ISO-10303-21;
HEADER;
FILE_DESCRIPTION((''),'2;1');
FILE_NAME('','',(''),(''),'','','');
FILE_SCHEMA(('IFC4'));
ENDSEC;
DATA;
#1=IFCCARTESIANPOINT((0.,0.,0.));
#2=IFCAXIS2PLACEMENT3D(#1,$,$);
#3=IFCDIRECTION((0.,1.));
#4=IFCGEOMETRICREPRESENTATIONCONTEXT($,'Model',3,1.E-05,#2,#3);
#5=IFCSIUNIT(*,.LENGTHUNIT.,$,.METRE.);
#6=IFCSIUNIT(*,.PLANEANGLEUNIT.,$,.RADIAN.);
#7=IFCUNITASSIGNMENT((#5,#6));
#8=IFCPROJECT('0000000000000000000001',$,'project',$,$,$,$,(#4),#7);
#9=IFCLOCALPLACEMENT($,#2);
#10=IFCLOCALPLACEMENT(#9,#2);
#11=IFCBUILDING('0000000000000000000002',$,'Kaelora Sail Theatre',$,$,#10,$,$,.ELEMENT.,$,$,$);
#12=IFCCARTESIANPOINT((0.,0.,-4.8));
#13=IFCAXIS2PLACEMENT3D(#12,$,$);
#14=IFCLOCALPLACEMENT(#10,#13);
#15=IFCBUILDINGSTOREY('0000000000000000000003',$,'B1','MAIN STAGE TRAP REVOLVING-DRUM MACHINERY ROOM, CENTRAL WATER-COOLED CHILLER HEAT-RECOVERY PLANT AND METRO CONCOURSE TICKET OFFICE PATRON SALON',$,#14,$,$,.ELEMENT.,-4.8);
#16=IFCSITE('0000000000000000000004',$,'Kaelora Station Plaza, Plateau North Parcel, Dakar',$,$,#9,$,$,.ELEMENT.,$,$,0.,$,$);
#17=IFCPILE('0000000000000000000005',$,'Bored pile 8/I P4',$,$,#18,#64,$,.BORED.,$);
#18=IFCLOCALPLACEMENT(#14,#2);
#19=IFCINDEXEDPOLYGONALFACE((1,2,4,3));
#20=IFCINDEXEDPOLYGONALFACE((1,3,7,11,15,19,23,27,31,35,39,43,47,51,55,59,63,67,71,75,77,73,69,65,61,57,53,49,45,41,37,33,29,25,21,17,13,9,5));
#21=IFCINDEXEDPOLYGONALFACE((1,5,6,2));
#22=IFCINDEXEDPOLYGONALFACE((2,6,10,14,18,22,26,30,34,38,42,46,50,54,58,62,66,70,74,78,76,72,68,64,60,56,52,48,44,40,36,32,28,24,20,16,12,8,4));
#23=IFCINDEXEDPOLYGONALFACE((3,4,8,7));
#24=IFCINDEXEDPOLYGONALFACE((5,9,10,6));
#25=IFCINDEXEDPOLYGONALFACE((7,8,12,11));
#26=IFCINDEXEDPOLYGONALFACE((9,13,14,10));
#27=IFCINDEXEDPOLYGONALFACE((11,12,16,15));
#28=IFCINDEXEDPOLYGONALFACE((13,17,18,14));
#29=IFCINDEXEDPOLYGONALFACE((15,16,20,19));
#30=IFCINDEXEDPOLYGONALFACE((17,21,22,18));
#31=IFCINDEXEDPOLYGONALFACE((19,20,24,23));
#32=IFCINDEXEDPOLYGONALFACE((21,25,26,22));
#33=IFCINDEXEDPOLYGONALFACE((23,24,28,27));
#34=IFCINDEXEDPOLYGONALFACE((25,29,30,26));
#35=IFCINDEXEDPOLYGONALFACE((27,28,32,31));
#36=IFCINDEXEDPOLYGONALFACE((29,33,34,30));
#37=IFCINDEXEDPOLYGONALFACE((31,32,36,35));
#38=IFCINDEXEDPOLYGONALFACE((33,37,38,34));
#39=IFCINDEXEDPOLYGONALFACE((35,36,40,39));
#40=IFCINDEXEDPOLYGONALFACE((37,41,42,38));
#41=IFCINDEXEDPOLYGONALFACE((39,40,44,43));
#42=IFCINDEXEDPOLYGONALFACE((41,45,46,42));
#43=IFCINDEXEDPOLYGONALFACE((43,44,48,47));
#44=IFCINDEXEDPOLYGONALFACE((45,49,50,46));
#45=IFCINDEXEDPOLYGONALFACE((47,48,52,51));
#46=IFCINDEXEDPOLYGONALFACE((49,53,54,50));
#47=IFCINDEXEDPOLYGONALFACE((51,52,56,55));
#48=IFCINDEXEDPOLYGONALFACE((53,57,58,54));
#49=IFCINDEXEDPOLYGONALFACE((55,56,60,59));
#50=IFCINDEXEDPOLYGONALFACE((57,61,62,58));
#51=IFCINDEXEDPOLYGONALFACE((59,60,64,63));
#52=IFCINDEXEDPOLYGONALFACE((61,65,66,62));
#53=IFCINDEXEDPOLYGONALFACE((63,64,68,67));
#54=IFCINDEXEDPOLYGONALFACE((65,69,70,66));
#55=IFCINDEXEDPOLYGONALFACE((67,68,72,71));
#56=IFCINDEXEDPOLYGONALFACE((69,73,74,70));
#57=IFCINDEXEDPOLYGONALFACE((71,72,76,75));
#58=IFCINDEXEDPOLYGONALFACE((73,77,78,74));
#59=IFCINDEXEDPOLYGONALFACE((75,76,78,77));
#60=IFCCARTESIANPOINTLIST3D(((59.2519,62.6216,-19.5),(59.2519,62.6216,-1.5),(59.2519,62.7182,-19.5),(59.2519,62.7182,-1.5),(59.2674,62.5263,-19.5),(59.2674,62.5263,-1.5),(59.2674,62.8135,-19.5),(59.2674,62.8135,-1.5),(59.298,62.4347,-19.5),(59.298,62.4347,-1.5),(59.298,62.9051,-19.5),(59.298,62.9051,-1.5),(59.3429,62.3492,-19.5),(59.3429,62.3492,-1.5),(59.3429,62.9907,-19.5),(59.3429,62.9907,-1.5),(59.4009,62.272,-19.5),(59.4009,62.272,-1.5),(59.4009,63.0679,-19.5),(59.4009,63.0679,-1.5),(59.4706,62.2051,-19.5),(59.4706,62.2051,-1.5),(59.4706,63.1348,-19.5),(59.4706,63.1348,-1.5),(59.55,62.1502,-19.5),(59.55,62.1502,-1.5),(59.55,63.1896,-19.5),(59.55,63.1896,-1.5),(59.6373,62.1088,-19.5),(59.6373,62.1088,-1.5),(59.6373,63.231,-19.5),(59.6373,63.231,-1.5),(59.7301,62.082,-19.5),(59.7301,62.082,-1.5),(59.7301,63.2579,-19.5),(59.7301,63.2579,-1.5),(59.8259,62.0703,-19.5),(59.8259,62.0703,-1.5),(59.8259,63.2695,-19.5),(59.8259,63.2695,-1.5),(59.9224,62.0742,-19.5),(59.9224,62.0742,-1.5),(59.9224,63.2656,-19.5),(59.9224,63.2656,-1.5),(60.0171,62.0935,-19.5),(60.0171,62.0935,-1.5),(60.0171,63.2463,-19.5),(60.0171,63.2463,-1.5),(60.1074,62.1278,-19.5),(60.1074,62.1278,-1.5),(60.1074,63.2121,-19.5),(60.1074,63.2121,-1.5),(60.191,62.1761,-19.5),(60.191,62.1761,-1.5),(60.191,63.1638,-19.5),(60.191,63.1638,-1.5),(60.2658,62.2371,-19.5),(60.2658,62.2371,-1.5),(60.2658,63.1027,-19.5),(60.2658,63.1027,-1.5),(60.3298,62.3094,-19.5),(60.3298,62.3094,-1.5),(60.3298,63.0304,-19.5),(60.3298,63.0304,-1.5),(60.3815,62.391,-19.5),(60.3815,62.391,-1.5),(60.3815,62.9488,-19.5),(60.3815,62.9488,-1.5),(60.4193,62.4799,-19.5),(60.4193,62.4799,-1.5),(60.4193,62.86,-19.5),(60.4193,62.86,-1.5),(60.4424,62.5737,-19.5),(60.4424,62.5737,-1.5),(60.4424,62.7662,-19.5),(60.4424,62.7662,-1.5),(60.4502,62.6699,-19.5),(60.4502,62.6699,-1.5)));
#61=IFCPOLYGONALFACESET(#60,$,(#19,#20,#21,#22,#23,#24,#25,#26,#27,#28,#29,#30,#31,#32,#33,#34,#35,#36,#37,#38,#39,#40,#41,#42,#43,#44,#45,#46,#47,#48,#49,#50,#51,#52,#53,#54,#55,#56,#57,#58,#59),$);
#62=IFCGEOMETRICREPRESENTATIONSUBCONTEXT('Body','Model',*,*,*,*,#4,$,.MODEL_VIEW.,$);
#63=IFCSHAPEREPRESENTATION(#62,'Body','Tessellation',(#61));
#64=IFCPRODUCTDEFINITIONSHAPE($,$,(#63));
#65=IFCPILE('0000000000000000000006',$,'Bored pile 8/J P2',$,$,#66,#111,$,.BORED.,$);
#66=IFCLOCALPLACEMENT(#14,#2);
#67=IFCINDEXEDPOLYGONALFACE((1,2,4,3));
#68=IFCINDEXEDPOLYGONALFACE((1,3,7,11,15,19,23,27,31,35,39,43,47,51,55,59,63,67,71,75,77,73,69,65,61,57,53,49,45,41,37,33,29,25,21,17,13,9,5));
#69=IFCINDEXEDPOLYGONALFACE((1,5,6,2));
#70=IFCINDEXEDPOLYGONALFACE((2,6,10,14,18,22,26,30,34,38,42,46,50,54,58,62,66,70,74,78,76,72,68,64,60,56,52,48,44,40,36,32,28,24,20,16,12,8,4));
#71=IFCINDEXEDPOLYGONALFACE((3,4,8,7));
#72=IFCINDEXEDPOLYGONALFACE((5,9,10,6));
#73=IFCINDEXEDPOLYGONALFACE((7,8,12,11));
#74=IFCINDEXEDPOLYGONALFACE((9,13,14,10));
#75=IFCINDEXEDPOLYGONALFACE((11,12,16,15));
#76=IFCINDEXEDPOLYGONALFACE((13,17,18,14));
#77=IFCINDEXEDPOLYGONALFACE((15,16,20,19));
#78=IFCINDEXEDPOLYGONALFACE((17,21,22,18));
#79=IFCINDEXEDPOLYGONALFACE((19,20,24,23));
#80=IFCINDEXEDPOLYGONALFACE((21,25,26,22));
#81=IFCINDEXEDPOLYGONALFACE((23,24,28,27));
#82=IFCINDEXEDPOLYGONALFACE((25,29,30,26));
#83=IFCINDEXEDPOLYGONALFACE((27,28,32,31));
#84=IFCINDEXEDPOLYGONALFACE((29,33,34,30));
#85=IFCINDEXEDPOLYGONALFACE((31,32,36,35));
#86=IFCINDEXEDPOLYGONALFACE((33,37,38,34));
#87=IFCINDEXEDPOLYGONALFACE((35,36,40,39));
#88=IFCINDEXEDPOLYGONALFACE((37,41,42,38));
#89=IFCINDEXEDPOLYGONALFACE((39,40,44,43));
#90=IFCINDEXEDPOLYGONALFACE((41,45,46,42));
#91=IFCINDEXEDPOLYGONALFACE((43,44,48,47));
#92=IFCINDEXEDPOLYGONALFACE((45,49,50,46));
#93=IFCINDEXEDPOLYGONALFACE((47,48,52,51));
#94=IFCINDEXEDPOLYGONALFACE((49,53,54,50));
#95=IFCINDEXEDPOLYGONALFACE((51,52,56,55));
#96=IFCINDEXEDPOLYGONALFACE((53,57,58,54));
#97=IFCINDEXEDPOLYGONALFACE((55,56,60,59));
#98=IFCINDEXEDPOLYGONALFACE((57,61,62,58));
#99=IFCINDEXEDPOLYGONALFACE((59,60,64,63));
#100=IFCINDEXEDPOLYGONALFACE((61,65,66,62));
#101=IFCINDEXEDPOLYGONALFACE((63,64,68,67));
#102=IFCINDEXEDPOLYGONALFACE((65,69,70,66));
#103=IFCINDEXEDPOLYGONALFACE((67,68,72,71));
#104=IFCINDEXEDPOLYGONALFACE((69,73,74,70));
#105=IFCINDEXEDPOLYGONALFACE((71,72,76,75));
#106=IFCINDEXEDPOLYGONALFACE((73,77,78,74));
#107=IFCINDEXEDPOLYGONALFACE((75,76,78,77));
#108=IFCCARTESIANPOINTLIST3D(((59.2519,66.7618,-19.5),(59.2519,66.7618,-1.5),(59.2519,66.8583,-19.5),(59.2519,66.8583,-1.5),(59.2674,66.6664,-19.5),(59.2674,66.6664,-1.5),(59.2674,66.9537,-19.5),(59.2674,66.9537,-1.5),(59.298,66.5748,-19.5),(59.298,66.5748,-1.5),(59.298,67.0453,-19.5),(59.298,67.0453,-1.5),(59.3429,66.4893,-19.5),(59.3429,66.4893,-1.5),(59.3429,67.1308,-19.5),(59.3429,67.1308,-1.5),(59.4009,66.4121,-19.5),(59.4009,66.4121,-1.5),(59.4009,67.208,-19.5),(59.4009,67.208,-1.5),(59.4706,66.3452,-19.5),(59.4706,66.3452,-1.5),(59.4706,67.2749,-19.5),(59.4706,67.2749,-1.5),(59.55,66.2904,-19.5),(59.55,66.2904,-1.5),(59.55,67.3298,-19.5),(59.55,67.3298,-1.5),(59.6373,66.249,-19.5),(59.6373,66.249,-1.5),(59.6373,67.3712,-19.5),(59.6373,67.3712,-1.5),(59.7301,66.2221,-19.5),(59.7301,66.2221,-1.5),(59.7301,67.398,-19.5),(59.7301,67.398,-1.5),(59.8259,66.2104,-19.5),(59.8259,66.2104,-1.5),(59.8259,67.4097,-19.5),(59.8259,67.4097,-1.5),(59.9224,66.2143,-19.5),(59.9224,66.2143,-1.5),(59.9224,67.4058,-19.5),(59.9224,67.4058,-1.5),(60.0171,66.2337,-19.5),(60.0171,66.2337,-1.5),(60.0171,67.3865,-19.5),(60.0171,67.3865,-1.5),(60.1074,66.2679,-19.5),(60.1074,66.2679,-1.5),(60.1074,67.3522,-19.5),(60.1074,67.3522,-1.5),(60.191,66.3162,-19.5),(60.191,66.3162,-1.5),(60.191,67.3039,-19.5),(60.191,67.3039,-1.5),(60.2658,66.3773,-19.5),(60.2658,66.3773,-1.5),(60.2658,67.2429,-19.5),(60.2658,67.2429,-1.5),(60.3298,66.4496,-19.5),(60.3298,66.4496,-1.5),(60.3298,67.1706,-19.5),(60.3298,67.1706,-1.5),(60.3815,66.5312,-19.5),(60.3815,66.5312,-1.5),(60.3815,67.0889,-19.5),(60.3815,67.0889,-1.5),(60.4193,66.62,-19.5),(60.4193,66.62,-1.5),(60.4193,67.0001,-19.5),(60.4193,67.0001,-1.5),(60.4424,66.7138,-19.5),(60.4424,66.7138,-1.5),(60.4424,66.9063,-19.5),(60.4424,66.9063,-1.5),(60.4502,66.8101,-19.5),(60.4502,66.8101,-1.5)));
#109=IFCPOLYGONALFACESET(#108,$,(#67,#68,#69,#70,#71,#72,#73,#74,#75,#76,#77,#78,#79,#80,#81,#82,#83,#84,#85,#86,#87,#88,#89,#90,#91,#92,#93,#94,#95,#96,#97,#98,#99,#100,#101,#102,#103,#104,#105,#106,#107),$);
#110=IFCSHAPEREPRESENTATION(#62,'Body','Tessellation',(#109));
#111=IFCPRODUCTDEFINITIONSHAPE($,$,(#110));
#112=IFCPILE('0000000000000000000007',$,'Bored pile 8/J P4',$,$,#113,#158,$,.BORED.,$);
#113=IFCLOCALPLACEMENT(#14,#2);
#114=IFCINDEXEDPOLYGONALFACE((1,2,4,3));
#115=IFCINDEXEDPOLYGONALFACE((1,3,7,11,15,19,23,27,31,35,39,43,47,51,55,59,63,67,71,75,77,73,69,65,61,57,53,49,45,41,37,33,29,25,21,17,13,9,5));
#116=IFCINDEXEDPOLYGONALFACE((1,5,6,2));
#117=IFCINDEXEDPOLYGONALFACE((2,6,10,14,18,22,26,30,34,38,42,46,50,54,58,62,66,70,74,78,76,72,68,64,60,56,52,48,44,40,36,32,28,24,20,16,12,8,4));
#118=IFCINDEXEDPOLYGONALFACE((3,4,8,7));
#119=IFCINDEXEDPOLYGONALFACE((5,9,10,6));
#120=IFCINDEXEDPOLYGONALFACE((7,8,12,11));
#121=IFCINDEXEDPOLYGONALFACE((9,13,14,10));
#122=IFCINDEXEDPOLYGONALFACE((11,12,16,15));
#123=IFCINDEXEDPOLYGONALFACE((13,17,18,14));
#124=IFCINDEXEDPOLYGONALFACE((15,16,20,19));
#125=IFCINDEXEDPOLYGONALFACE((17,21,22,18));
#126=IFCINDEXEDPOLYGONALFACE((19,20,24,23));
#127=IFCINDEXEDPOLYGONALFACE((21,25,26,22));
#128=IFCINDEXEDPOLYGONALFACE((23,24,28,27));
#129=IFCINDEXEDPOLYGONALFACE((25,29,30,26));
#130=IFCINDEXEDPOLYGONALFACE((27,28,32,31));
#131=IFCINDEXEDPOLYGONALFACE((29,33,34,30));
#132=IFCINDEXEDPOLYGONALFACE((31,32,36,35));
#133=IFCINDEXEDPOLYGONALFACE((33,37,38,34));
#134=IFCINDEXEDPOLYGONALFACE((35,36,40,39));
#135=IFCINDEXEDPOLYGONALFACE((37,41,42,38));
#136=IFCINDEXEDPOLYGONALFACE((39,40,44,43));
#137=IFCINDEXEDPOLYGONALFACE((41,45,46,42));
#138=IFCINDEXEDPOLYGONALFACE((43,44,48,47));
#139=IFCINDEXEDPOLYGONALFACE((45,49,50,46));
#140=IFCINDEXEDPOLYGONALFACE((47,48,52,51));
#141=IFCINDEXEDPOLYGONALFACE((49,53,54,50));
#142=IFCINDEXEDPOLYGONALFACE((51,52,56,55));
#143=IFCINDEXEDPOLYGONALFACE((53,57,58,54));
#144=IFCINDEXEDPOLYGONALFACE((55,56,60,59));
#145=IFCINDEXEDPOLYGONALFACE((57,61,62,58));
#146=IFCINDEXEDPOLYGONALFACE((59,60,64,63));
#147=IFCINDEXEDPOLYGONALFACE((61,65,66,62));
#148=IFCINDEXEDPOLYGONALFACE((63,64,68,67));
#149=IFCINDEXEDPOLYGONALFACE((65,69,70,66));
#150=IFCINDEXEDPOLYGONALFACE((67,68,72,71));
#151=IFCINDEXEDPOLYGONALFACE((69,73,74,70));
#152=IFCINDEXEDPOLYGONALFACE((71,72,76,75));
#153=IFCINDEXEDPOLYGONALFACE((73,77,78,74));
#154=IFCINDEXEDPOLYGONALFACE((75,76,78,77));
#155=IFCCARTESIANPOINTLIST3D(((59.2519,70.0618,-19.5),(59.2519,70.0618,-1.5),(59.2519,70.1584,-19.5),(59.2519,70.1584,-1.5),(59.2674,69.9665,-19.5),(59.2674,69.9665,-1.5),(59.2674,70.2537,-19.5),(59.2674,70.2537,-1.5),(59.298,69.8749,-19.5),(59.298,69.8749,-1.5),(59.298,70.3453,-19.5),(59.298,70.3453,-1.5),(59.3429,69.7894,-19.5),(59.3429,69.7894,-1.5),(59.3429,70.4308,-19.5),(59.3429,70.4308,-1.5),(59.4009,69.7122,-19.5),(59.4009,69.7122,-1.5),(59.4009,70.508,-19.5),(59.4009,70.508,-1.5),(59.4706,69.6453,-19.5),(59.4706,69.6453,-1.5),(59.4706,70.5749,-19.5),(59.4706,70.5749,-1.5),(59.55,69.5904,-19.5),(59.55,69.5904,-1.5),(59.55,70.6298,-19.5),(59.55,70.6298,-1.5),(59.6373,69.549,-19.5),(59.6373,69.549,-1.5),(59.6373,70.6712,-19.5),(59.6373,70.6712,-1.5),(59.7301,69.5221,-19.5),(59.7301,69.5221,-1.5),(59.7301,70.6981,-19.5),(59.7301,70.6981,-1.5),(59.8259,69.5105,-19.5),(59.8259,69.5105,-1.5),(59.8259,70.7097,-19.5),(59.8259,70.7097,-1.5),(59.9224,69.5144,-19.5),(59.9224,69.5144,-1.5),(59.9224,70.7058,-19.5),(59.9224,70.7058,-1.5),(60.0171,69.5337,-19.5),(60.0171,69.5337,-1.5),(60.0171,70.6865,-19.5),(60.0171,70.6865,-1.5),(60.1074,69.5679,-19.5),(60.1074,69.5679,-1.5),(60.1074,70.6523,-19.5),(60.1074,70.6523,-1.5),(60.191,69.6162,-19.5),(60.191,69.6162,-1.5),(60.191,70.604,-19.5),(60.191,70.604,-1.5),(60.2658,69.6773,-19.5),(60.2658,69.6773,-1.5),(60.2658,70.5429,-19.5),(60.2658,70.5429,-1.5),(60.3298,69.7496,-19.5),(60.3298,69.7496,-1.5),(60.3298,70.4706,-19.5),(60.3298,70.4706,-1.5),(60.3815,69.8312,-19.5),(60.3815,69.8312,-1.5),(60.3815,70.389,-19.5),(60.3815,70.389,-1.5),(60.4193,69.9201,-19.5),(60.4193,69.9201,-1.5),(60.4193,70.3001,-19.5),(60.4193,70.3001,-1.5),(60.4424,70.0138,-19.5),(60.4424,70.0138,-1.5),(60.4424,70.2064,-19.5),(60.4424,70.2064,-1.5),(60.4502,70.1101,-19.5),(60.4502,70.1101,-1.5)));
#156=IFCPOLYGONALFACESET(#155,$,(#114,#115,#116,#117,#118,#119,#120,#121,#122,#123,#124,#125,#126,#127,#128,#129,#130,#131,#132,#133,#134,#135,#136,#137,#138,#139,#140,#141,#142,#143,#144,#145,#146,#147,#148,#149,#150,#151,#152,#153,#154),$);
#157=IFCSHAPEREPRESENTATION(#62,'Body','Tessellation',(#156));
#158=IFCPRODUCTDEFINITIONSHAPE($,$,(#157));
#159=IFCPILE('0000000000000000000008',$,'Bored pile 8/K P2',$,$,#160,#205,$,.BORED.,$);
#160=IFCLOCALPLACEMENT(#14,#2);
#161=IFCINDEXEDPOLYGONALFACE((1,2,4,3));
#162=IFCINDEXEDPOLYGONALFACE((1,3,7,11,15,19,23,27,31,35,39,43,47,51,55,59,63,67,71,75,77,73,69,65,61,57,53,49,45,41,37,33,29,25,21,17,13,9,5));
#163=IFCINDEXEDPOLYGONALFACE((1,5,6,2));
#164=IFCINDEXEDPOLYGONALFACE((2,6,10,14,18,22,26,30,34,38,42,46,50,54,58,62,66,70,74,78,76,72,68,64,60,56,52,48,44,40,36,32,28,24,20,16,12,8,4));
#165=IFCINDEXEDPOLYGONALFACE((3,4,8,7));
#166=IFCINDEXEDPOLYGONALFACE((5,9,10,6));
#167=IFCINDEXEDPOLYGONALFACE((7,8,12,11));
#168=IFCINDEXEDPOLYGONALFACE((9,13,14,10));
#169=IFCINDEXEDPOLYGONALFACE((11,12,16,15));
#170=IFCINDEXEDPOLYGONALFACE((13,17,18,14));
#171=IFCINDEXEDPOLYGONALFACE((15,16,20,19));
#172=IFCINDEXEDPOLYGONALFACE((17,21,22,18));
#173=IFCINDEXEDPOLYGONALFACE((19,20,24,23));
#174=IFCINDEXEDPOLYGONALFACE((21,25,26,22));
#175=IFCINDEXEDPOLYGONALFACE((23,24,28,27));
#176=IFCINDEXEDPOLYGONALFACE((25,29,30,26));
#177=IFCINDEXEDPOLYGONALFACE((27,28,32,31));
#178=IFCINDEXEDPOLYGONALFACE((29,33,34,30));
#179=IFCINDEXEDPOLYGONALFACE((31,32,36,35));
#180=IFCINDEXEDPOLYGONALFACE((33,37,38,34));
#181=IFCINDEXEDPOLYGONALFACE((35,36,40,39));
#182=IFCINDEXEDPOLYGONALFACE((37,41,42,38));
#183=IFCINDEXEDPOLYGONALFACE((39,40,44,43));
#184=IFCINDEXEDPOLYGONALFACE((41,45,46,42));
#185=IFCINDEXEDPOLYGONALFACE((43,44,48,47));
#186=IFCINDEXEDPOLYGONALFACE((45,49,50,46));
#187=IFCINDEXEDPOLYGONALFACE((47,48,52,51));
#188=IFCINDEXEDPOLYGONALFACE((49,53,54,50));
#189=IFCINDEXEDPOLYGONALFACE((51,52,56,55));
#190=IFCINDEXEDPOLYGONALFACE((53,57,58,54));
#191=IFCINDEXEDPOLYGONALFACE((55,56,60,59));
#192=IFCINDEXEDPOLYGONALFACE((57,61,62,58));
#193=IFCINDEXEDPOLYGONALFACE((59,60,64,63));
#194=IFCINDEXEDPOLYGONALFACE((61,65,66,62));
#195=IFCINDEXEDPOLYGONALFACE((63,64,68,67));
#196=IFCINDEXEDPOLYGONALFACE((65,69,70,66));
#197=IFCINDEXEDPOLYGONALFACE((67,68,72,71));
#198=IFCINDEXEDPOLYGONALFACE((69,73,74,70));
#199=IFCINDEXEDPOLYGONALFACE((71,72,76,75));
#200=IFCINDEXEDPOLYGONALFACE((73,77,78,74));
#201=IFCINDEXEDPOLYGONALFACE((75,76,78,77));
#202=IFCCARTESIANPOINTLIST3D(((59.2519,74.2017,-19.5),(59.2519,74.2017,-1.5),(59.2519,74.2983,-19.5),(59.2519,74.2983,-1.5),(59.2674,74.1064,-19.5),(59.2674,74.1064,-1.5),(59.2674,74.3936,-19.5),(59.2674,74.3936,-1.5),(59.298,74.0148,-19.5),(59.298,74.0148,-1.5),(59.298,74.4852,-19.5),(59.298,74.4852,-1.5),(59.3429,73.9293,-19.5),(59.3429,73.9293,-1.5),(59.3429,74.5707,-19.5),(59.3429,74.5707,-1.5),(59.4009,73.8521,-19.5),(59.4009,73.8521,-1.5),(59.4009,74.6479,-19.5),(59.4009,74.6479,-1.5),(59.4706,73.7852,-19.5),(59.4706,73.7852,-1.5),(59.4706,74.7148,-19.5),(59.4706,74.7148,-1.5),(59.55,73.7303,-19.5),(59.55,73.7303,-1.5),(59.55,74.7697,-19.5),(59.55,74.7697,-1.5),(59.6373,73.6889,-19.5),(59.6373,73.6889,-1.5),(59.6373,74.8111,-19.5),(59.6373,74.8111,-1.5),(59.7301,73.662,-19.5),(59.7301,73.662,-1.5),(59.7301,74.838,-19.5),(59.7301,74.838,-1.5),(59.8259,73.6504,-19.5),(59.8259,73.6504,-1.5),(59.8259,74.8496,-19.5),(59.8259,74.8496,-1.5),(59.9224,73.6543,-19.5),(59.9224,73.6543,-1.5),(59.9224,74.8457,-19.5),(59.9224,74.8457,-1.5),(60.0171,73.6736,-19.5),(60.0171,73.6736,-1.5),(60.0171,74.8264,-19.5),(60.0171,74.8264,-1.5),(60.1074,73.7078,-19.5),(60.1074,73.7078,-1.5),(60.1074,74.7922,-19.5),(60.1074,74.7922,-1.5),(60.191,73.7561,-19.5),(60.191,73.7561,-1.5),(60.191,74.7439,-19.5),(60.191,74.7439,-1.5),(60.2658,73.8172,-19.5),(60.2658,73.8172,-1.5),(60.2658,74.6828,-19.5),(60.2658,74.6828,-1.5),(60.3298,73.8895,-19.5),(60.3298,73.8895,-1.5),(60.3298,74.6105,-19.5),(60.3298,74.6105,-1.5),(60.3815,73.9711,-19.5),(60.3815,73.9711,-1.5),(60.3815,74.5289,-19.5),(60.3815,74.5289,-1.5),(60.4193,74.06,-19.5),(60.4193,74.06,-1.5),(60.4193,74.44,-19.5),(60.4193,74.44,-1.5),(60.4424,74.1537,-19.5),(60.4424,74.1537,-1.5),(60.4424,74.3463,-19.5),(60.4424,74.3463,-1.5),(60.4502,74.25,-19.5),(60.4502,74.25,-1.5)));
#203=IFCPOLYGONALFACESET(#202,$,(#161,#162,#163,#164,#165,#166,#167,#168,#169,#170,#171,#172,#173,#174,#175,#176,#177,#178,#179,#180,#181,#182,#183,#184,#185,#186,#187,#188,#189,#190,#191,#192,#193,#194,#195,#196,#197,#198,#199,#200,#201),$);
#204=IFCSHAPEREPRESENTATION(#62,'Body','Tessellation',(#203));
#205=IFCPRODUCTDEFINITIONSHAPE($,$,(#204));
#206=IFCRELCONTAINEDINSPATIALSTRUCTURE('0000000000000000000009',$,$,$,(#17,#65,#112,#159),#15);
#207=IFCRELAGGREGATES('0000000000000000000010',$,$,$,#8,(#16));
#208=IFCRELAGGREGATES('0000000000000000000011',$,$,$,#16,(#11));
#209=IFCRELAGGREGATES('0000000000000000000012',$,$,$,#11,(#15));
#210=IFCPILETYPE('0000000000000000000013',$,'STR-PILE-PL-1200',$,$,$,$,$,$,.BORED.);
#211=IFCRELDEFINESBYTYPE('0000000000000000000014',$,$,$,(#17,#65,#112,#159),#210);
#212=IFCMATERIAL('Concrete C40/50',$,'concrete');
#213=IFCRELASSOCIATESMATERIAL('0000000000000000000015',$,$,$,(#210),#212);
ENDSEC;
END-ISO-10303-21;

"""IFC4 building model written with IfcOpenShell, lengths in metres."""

from ifc_helpers import new_model, si_unit, direction, frame, origin, origin_2d, place, context, subcontext, project, spatial, circle, extrude, material, material_profile, profile_set, type_object, element, save


model = new_model("IFC4")

# Units and contexts
model_context = context("Model", 3, precision=1e-05, world=origin(), true_north=direction((0.0, 1.0)))
body_context = subcontext(model_context, "Body", "Model", "MODEL_VIEW")
ifc_project = project(units=[si_unit("LENGTHUNIT", "METRE"), si_unit("PLANEANGLEUNIT", "RADIAN")], contexts=[model_context])

# Site, building, storey
site_placement = place(None, origin())
site = spatial("IfcSite", under=ifc_project, at=site_placement, Name="Kaelora Station Plaza, Plateau North Parcel, Dakar", CompositionType="ELEMENT", RefElevation=0.0)
building_placement = place(site_placement, origin())
building = spatial("IfcBuilding", under=site, at=building_placement, Name="Kaelora Sail Theatre", CompositionType="ELEMENT")
storey_placement = place(building_placement, frame((0.0, 0.0, -4.8)))
storey = spatial("IfcBuildingStorey", under=building, at=storey_placement, Name="B1", Description="MAIN STAGE TRAP REVOLVING-DRUM MACHINERY ROOM, CENTRAL WATER-COOLED CHILLER HEAT-RECOVERY PLANT AND METRO CONCOURSE TICKET OFFICE PATRON SALON", CompositionType="ELEMENT", Elevation=-4.8)

# Piles
ifc_material_1 = material(Name="Concrete C40/50", Category="concrete")
ifc_material_profile_1 = material_profile(ifc_material_1, circle(Radius=0.6001, at=origin_2d()), Name="PILE D1200")
ifc_profile_set_1 = profile_set([ifc_material_profile_1], Name="Concrete C40/50")
pile_type_1 = type_object("IfcPileType", Name="STR-PILE-PL-1200", PredefinedType="BORED", material=ifc_profile_set_1)
for number, where, z_axis, x_axis, name in (
    (1, (59.8501, 62.6699, -1.5), (0.0, 0.0, -1.0), (1.0, 0.0, 0.0), "Bored pile 8/I P4"),
    (2, (59.8501, 66.8101, -1.5), (0.0, 0.0, -1.0), (1.0, 0.0, 0.0), "Bored pile 8/J P2"),
    (3, (59.8501, 70.1101, -1.5), (0.0, 0.0, -1.0), (1.0, 0.0, 0.0), "Bored pile 8/J P4"),
    (4, (59.8501, 74.25, -1.5), (0.0, 0.0, -1.0), (1.0, 0.0, 0.0), "Bored pile 8/K P2"),
):
    element("IfcPile", number, at=place(storey_placement, frame(where, z_axis=z_axis, x_axis=x_axis)), inside=storey, type_object=pile_type_1, Name=name, PredefinedType="BORED", context=body_context, shape_type="SweptSolid", body=[
        extrude(circle(Radius=0.6001, at=origin_2d()), origin(), (0.0, 0.0, 1.0), 18.0),
    ])

save(model, "model.ifc")
